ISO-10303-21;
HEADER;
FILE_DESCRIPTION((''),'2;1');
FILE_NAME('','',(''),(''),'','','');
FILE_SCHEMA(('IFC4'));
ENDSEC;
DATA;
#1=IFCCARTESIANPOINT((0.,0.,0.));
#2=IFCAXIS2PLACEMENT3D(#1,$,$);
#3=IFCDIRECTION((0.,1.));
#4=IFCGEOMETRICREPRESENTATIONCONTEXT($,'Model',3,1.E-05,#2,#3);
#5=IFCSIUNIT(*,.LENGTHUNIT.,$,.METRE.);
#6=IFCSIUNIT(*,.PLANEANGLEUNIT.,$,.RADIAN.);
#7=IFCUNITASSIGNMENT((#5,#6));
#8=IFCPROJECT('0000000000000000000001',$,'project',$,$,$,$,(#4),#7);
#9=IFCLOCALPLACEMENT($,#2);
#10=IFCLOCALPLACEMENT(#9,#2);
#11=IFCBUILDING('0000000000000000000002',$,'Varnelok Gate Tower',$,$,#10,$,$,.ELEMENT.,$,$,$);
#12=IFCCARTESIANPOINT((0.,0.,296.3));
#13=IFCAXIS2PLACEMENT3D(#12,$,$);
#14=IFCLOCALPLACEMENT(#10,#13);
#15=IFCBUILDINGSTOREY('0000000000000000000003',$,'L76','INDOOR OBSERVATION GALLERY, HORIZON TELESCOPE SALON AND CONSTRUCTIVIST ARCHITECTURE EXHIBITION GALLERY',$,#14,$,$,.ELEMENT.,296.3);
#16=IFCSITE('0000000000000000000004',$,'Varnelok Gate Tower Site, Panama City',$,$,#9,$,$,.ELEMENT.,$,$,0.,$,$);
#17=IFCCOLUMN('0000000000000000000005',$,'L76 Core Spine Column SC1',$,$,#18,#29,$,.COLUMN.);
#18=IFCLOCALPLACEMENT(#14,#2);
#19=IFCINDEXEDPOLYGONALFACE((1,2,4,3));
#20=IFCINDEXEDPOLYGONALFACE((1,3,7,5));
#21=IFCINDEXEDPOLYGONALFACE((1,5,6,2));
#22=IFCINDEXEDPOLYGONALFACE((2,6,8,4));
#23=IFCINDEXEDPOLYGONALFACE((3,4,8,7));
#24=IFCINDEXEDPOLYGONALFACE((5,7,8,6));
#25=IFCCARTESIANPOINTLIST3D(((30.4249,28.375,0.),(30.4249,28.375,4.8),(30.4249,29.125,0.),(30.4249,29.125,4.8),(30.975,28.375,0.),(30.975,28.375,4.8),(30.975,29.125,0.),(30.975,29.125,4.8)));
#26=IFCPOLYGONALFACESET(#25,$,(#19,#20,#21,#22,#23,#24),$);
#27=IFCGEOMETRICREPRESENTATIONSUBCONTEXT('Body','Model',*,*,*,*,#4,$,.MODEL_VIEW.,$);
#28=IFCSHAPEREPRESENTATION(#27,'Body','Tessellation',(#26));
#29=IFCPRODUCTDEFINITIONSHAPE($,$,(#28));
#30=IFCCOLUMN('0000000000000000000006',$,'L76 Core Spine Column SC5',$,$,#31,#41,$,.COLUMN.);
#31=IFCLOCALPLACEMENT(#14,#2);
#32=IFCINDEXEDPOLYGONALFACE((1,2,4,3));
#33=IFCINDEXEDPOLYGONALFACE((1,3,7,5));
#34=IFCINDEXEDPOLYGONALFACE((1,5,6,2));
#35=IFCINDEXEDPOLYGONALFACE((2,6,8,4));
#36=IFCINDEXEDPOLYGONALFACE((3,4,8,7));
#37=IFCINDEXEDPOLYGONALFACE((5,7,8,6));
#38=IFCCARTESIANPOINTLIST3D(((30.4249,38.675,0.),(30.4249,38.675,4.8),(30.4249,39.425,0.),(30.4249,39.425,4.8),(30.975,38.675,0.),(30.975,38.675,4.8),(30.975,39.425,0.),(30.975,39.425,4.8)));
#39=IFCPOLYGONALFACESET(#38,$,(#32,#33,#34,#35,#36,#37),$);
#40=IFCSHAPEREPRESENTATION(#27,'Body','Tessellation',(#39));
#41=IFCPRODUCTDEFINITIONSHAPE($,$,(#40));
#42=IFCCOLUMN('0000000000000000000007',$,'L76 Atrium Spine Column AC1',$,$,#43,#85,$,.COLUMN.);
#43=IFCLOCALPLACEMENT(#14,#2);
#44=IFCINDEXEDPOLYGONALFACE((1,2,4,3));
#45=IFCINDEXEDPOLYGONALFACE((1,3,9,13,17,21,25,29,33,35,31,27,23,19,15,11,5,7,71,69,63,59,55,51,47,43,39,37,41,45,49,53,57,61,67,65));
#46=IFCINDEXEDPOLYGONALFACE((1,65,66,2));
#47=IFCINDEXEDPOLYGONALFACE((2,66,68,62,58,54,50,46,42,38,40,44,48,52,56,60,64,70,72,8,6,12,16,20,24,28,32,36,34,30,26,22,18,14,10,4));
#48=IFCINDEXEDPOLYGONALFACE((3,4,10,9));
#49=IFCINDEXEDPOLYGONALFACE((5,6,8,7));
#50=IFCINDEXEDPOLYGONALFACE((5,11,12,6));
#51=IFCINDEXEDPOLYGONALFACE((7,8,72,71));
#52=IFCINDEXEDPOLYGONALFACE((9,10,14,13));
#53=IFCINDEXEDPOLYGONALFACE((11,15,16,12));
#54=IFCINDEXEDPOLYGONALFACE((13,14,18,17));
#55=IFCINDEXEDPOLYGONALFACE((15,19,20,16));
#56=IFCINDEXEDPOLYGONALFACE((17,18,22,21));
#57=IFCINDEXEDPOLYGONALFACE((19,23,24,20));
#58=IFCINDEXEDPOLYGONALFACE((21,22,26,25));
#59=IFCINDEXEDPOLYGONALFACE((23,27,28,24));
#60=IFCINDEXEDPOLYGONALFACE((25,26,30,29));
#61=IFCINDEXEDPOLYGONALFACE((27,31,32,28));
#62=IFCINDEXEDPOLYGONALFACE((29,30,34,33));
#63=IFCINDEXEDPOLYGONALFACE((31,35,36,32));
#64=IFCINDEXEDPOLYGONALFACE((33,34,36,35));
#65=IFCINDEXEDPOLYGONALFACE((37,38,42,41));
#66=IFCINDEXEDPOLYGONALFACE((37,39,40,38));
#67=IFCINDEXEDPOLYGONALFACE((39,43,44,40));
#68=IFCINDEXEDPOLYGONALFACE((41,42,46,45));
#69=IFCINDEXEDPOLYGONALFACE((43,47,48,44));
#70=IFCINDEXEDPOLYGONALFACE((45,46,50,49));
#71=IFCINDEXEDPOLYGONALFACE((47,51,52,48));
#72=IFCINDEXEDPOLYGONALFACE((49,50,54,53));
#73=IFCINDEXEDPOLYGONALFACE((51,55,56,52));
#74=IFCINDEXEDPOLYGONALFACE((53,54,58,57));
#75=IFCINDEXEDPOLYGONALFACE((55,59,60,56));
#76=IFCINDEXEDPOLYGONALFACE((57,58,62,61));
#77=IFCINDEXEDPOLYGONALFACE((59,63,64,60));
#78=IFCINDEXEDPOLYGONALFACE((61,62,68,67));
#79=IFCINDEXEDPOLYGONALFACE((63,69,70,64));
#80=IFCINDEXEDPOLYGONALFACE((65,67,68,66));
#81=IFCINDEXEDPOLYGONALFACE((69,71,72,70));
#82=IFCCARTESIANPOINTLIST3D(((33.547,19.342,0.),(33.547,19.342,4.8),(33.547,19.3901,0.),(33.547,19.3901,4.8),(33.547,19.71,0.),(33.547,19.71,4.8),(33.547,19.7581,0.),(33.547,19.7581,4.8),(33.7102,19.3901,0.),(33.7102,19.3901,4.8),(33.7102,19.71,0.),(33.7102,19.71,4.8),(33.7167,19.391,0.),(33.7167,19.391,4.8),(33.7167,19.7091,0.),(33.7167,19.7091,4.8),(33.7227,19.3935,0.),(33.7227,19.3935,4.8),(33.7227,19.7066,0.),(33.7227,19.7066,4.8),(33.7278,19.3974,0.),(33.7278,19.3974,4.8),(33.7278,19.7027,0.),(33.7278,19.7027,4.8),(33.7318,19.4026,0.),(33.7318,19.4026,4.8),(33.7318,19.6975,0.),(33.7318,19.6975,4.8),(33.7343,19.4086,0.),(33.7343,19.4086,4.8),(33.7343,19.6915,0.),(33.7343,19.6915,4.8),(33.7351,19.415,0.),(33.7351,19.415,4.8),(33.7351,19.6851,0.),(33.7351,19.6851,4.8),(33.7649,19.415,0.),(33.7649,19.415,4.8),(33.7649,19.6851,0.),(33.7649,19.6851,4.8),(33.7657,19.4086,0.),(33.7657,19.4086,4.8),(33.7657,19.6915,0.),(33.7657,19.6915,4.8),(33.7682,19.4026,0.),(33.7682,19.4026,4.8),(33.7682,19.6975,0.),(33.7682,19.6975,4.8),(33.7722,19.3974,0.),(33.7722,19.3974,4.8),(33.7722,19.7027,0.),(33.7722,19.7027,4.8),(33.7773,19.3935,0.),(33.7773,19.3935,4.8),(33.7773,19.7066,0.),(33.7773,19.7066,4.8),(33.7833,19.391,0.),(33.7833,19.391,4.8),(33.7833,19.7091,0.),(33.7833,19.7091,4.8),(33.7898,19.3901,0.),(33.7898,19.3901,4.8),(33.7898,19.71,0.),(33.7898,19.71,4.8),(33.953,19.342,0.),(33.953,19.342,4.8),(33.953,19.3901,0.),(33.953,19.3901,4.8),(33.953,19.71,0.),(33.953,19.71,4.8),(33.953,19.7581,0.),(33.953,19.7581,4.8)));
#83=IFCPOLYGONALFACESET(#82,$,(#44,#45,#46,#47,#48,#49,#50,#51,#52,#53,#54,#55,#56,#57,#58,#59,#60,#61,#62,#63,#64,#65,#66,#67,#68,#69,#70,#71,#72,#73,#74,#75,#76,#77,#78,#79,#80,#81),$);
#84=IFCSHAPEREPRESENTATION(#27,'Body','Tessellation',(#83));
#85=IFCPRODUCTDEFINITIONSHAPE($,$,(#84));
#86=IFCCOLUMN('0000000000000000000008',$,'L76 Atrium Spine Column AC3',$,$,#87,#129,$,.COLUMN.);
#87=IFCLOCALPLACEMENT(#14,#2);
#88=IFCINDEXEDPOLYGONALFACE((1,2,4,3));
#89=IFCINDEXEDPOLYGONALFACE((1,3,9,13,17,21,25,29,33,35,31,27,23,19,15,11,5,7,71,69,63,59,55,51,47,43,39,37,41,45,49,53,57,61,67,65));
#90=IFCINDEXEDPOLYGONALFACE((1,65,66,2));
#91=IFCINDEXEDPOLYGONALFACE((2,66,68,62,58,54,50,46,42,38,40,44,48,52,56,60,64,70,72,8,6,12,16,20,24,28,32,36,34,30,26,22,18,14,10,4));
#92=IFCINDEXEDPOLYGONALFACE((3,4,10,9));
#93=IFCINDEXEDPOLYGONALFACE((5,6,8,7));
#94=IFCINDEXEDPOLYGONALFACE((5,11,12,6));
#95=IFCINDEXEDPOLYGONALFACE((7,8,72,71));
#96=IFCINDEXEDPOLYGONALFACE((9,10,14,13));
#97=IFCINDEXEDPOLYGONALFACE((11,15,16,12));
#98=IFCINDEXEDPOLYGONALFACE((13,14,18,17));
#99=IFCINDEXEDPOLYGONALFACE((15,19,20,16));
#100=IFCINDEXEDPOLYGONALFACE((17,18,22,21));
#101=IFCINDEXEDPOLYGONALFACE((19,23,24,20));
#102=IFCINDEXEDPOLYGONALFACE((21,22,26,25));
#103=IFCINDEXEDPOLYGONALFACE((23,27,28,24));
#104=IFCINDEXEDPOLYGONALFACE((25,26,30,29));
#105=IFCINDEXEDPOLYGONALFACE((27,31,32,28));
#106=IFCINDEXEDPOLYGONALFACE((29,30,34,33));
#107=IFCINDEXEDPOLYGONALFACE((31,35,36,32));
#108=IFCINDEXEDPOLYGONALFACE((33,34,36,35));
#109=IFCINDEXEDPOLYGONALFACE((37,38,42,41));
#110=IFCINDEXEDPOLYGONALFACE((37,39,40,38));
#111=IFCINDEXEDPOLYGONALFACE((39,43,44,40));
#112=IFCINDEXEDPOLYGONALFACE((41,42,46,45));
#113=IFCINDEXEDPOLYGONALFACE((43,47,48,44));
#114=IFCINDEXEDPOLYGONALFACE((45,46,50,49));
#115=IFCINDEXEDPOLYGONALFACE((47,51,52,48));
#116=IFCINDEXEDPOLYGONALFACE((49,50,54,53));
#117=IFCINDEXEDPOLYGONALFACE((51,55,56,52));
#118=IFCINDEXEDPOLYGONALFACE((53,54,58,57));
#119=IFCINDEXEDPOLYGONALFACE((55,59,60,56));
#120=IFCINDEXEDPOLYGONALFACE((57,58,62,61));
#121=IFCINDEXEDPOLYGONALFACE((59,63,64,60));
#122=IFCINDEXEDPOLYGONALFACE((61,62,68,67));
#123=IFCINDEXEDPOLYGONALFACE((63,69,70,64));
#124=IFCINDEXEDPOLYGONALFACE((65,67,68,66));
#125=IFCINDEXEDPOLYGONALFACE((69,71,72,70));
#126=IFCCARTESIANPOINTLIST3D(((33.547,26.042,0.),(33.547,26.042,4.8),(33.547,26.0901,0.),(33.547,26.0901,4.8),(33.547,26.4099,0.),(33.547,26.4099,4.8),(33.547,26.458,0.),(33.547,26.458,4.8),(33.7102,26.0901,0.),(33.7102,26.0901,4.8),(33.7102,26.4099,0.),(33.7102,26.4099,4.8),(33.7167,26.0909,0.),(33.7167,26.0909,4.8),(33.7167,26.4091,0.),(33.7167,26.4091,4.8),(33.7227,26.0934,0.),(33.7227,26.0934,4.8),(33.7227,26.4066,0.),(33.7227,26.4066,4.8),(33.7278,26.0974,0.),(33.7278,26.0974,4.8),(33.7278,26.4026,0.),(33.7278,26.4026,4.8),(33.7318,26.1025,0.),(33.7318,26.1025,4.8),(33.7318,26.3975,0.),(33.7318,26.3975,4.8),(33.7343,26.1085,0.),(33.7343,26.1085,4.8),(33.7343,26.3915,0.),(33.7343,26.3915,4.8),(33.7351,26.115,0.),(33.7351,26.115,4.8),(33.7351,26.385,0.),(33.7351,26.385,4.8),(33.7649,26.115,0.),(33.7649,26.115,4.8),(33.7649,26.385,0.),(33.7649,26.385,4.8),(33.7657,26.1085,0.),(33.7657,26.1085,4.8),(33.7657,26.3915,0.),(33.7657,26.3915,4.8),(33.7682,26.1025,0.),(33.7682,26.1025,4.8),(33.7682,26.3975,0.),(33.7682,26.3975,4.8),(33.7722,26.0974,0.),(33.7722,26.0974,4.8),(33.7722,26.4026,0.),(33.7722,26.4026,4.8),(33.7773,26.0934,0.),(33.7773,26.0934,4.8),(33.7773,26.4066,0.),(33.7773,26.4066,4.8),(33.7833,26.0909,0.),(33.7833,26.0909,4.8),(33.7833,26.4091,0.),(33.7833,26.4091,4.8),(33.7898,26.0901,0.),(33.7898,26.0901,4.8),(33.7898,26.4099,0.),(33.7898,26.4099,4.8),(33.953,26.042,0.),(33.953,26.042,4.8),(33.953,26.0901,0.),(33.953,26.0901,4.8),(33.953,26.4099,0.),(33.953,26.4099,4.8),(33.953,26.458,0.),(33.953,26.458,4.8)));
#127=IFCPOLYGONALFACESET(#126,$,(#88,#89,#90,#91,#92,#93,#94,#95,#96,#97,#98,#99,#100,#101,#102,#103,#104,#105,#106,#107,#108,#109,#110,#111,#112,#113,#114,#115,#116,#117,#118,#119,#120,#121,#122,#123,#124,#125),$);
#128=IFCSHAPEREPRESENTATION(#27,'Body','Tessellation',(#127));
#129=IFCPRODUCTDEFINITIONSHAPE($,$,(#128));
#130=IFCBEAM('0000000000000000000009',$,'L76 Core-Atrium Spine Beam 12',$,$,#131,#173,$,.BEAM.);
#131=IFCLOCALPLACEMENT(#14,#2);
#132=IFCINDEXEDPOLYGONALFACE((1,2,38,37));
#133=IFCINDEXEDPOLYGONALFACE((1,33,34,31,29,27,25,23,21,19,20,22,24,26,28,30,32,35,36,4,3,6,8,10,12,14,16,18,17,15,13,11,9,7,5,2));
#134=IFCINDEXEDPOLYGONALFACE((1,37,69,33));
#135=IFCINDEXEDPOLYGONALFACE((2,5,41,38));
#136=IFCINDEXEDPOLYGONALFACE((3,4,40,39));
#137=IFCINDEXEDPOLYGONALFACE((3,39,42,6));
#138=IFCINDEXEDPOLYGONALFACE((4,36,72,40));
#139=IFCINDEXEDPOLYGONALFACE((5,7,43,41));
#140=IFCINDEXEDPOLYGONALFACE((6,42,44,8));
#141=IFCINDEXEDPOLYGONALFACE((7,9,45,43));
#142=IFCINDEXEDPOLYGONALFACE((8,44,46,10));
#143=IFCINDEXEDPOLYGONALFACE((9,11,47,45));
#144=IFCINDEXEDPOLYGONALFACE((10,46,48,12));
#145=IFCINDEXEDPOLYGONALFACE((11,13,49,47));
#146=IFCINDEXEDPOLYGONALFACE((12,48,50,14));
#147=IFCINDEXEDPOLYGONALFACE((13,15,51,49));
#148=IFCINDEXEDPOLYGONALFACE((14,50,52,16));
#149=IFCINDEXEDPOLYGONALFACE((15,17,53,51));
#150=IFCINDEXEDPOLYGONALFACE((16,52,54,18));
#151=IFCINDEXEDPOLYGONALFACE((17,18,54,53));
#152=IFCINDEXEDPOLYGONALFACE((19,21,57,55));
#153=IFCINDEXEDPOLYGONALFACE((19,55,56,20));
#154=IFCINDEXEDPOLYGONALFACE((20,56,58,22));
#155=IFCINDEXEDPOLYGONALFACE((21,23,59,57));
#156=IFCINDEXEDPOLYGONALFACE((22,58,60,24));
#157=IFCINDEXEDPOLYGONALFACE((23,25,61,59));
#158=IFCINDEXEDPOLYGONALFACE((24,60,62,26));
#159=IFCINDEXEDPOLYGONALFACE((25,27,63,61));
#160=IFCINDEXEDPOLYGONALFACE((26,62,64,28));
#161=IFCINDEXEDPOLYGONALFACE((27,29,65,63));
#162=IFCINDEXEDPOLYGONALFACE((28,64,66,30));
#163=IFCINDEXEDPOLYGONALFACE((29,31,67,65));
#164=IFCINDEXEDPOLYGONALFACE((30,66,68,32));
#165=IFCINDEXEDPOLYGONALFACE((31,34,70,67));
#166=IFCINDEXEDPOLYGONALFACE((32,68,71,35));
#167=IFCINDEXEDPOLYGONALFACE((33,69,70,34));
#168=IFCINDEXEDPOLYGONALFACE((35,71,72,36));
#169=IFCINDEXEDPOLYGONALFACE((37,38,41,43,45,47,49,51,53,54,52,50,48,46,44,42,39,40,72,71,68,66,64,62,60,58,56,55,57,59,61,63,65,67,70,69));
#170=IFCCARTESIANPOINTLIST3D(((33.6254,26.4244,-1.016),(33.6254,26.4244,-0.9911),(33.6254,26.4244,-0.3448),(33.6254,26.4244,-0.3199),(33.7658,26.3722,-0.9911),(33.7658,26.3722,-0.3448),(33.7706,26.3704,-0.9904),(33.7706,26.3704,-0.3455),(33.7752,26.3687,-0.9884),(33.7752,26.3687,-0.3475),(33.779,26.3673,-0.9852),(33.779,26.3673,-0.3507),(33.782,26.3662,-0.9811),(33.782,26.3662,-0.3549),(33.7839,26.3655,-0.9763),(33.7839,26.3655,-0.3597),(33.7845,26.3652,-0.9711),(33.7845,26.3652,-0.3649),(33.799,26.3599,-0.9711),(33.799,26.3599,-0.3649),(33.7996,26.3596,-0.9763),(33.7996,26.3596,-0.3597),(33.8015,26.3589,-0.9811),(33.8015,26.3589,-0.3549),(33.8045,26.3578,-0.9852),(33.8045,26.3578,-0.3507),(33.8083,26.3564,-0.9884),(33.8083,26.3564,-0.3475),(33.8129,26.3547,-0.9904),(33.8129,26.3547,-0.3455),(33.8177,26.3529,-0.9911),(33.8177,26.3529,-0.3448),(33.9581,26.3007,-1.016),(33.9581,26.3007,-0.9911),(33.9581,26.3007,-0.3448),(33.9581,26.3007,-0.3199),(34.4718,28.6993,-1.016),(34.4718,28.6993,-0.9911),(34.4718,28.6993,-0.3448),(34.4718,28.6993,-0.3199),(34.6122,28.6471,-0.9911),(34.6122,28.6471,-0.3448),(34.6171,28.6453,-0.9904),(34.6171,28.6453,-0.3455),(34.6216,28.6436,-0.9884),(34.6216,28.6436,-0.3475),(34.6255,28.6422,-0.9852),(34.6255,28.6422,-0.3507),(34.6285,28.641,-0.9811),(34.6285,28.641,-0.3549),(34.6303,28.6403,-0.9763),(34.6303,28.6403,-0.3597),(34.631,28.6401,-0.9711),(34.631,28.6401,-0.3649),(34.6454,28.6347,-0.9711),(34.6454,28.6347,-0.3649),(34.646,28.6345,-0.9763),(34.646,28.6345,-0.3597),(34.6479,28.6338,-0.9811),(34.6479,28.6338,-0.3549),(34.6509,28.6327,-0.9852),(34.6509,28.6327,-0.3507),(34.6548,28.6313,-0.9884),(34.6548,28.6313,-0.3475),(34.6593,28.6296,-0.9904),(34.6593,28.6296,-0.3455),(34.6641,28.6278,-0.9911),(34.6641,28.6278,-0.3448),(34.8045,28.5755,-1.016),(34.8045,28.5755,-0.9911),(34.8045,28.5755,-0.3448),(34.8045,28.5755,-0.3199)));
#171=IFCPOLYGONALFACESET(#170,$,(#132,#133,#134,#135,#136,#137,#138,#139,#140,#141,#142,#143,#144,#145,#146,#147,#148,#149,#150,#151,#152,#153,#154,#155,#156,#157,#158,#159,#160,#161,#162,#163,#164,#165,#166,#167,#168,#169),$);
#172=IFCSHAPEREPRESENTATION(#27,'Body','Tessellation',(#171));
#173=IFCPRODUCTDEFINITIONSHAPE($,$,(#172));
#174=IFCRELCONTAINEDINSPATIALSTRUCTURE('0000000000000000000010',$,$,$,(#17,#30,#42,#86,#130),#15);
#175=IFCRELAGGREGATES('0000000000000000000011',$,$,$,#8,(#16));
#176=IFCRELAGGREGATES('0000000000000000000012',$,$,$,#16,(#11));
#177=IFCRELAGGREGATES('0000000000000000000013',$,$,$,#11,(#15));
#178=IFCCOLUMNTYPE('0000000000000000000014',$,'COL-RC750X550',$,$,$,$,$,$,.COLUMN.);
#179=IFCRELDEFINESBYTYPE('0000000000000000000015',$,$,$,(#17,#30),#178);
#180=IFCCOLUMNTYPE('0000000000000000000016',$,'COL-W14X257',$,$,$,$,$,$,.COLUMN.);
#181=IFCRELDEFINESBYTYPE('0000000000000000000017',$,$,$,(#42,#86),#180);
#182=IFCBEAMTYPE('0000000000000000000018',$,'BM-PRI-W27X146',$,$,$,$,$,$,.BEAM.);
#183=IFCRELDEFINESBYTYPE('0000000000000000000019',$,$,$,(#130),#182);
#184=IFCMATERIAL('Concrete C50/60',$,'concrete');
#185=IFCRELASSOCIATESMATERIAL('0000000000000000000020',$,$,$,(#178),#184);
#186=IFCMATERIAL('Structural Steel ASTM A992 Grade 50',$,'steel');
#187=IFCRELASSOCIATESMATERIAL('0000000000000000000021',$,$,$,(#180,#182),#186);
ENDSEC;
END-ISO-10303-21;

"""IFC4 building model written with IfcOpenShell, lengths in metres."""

from ifc_helpers import new_model, si_unit, direction, frame, origin, origin_2d, place, context, subcontext, project, spatial, rectangle, i_section, extrude, material, material_profile, profile_set, type_object, element, save


model = new_model("IFC4")

# Units and contexts
model_context = context("Model", 3, precision=1e-05, world=origin(), true_north=direction((0.0, 1.0)))
body_context = subcontext(model_context, "Body", "Model", "MODEL_VIEW")
ifc_project = project(units=[si_unit("LENGTHUNIT", "METRE"), si_unit("PLANEANGLEUNIT", "RADIAN")], contexts=[model_context])

# Site, building, storey
site_placement = place(None, origin())
site = spatial("IfcSite", under=ifc_project, at=site_placement, Name="Varnelok Gate Tower Site, Panama City", CompositionType="ELEMENT", RefElevation=0.0)
building_placement = place(site_placement, origin())
building = spatial("IfcBuilding", under=site, at=building_placement, Name="Varnelok Gate Tower", CompositionType="ELEMENT")
storey_placement = place(building_placement, frame((0.0, 0.0, 296.3)))
storey = spatial("IfcBuildingStorey", under=building, at=storey_placement, Name="L76", Description="INDOOR OBSERVATION GALLERY, HORIZON TELESCOPE SALON AND CONSTRUCTIVIST ARCHITECTURE EXHIBITION GALLERY", CompositionType="ELEMENT", Elevation=296.3)

# Columns
ifc_material_1 = material(Name="Concrete C50/60", Category="concrete")
ifc_material_profile_1 = material_profile(ifc_material_1, rectangle(XDim=0.55, YDim=0.75, at=origin_2d()), Name="RC750X550")
ifc_profile_set_1 = profile_set([ifc_material_profile_1], Name="Concrete C50/60")
column_type_1 = type_object("IfcColumnType", Name="COL-RC750X550", PredefinedType="COLUMN", material=ifc_profile_set_1)
for number, where, z_axis, x_axis, name in (
    (1, (30.7, 28.75, 0.0), (0.0, 0.0, 1.0), (1.0, 0.0, 0.0), "L76 Core Spine Column SC1"),
    (2, (30.7, 39.05, 0.0), (0.0, 0.0, 1.0), (1.0, 0.0, 0.0), "L76 Core Spine Column SC5"),
):
    element("IfcColumn", number, at=place(storey_placement, frame(where, z_axis=z_axis, x_axis=x_axis)), inside=storey, type_object=column_type_1, Name=name, PredefinedType="COLUMN", context=body_context, shape_type="SweptSolid", body=[
        extrude(rectangle(XDim=0.55, YDim=0.75, at=origin_2d()), origin(), (0.0, 0.0, 1.0), 4.8),
    ])
ifc_material_2 = material(Name="Structural Steel ASTM A992 Grade 50", Category="steel")
ifc_material_profile_2 = material_profile(ifc_material_2, i_section(OverallWidth=0.406, OverallDepth=0.416, WebThickness=0.0298, FlangeThickness=0.0481, FilletRadius=0.0249, at=origin_2d()), Name="W14X257")
ifc_profile_set_2 = profile_set([ifc_material_profile_2], Name="Structural Steel ASTM A992 Grade 50")
column_type_2 = type_object("IfcColumnType", Name="COL-W14X257", PredefinedType="COLUMN", material=ifc_profile_set_2)
for number, where, z_axis, x_axis, name in (
    (3, (33.75, 19.55, 0.0), (0.0, 0.0, 1.0), (1.0, 0.0, 0.0), "L76 Atrium Spine Column AC1"),
    (4, (33.75, 26.25, 0.0), (0.0, 0.0, 1.0), (1.0, 0.0, 0.0), "L76 Atrium Spine Column AC3"),
):
    element("IfcColumn", number, at=place(storey_placement, frame(where, z_axis=z_axis, x_axis=x_axis)), inside=storey, type_object=column_type_2, Name=name, PredefinedType="COLUMN", context=body_context, shape_type="SweptSolid", body=[
        extrude(i_section(OverallWidth=0.406, OverallDepth=0.416, WebThickness=0.0298, FlangeThickness=0.0481, FilletRadius=0.0249, at=origin_2d()), origin(), (0.0, 0.0, 1.0), 4.8),
    ])

# Beam
ifc_material_profile_3 = material_profile(ifc_material_2, i_section(OverallWidth=0.355, OverallDepth=0.696, WebThickness=0.0154, FlangeThickness=0.0249, FilletRadius=0.02, at=origin_2d()), Name="W27X146")
ifc_profile_set_3 = profile_set([ifc_material_profile_3], Name="Structural Steel ASTM A992 Grade 50")
beam_type_1 = type_object("IfcBeamType", Name="BM-PRI-W27X146", PredefinedType="BEAM", material=ifc_profile_set_3)
beam_1_placement = place(storey_placement, frame((33.7917, 26.3625, -0.668), z_axis=(0.348719, 0.937227, 0.0), x_axis=(-0.937227, 0.348719, 0.0)))
element("IfcBeam", 5, at=beam_1_placement, inside=storey, type_object=beam_type_1, Name="L76 Core-Atrium Spine Beam 12", PredefinedType="BEAM", context=body_context, shape_type="SweptSolid", body=[
    extrude(i_section(OverallWidth=0.355, OverallDepth=0.696, WebThickness=0.0154, FlangeThickness=0.0249, FilletRadius=0.02, at=origin_2d()), origin(), (0.0, 0.0, 1.0), 2.4272),
])

save(model, "model.ifc")
